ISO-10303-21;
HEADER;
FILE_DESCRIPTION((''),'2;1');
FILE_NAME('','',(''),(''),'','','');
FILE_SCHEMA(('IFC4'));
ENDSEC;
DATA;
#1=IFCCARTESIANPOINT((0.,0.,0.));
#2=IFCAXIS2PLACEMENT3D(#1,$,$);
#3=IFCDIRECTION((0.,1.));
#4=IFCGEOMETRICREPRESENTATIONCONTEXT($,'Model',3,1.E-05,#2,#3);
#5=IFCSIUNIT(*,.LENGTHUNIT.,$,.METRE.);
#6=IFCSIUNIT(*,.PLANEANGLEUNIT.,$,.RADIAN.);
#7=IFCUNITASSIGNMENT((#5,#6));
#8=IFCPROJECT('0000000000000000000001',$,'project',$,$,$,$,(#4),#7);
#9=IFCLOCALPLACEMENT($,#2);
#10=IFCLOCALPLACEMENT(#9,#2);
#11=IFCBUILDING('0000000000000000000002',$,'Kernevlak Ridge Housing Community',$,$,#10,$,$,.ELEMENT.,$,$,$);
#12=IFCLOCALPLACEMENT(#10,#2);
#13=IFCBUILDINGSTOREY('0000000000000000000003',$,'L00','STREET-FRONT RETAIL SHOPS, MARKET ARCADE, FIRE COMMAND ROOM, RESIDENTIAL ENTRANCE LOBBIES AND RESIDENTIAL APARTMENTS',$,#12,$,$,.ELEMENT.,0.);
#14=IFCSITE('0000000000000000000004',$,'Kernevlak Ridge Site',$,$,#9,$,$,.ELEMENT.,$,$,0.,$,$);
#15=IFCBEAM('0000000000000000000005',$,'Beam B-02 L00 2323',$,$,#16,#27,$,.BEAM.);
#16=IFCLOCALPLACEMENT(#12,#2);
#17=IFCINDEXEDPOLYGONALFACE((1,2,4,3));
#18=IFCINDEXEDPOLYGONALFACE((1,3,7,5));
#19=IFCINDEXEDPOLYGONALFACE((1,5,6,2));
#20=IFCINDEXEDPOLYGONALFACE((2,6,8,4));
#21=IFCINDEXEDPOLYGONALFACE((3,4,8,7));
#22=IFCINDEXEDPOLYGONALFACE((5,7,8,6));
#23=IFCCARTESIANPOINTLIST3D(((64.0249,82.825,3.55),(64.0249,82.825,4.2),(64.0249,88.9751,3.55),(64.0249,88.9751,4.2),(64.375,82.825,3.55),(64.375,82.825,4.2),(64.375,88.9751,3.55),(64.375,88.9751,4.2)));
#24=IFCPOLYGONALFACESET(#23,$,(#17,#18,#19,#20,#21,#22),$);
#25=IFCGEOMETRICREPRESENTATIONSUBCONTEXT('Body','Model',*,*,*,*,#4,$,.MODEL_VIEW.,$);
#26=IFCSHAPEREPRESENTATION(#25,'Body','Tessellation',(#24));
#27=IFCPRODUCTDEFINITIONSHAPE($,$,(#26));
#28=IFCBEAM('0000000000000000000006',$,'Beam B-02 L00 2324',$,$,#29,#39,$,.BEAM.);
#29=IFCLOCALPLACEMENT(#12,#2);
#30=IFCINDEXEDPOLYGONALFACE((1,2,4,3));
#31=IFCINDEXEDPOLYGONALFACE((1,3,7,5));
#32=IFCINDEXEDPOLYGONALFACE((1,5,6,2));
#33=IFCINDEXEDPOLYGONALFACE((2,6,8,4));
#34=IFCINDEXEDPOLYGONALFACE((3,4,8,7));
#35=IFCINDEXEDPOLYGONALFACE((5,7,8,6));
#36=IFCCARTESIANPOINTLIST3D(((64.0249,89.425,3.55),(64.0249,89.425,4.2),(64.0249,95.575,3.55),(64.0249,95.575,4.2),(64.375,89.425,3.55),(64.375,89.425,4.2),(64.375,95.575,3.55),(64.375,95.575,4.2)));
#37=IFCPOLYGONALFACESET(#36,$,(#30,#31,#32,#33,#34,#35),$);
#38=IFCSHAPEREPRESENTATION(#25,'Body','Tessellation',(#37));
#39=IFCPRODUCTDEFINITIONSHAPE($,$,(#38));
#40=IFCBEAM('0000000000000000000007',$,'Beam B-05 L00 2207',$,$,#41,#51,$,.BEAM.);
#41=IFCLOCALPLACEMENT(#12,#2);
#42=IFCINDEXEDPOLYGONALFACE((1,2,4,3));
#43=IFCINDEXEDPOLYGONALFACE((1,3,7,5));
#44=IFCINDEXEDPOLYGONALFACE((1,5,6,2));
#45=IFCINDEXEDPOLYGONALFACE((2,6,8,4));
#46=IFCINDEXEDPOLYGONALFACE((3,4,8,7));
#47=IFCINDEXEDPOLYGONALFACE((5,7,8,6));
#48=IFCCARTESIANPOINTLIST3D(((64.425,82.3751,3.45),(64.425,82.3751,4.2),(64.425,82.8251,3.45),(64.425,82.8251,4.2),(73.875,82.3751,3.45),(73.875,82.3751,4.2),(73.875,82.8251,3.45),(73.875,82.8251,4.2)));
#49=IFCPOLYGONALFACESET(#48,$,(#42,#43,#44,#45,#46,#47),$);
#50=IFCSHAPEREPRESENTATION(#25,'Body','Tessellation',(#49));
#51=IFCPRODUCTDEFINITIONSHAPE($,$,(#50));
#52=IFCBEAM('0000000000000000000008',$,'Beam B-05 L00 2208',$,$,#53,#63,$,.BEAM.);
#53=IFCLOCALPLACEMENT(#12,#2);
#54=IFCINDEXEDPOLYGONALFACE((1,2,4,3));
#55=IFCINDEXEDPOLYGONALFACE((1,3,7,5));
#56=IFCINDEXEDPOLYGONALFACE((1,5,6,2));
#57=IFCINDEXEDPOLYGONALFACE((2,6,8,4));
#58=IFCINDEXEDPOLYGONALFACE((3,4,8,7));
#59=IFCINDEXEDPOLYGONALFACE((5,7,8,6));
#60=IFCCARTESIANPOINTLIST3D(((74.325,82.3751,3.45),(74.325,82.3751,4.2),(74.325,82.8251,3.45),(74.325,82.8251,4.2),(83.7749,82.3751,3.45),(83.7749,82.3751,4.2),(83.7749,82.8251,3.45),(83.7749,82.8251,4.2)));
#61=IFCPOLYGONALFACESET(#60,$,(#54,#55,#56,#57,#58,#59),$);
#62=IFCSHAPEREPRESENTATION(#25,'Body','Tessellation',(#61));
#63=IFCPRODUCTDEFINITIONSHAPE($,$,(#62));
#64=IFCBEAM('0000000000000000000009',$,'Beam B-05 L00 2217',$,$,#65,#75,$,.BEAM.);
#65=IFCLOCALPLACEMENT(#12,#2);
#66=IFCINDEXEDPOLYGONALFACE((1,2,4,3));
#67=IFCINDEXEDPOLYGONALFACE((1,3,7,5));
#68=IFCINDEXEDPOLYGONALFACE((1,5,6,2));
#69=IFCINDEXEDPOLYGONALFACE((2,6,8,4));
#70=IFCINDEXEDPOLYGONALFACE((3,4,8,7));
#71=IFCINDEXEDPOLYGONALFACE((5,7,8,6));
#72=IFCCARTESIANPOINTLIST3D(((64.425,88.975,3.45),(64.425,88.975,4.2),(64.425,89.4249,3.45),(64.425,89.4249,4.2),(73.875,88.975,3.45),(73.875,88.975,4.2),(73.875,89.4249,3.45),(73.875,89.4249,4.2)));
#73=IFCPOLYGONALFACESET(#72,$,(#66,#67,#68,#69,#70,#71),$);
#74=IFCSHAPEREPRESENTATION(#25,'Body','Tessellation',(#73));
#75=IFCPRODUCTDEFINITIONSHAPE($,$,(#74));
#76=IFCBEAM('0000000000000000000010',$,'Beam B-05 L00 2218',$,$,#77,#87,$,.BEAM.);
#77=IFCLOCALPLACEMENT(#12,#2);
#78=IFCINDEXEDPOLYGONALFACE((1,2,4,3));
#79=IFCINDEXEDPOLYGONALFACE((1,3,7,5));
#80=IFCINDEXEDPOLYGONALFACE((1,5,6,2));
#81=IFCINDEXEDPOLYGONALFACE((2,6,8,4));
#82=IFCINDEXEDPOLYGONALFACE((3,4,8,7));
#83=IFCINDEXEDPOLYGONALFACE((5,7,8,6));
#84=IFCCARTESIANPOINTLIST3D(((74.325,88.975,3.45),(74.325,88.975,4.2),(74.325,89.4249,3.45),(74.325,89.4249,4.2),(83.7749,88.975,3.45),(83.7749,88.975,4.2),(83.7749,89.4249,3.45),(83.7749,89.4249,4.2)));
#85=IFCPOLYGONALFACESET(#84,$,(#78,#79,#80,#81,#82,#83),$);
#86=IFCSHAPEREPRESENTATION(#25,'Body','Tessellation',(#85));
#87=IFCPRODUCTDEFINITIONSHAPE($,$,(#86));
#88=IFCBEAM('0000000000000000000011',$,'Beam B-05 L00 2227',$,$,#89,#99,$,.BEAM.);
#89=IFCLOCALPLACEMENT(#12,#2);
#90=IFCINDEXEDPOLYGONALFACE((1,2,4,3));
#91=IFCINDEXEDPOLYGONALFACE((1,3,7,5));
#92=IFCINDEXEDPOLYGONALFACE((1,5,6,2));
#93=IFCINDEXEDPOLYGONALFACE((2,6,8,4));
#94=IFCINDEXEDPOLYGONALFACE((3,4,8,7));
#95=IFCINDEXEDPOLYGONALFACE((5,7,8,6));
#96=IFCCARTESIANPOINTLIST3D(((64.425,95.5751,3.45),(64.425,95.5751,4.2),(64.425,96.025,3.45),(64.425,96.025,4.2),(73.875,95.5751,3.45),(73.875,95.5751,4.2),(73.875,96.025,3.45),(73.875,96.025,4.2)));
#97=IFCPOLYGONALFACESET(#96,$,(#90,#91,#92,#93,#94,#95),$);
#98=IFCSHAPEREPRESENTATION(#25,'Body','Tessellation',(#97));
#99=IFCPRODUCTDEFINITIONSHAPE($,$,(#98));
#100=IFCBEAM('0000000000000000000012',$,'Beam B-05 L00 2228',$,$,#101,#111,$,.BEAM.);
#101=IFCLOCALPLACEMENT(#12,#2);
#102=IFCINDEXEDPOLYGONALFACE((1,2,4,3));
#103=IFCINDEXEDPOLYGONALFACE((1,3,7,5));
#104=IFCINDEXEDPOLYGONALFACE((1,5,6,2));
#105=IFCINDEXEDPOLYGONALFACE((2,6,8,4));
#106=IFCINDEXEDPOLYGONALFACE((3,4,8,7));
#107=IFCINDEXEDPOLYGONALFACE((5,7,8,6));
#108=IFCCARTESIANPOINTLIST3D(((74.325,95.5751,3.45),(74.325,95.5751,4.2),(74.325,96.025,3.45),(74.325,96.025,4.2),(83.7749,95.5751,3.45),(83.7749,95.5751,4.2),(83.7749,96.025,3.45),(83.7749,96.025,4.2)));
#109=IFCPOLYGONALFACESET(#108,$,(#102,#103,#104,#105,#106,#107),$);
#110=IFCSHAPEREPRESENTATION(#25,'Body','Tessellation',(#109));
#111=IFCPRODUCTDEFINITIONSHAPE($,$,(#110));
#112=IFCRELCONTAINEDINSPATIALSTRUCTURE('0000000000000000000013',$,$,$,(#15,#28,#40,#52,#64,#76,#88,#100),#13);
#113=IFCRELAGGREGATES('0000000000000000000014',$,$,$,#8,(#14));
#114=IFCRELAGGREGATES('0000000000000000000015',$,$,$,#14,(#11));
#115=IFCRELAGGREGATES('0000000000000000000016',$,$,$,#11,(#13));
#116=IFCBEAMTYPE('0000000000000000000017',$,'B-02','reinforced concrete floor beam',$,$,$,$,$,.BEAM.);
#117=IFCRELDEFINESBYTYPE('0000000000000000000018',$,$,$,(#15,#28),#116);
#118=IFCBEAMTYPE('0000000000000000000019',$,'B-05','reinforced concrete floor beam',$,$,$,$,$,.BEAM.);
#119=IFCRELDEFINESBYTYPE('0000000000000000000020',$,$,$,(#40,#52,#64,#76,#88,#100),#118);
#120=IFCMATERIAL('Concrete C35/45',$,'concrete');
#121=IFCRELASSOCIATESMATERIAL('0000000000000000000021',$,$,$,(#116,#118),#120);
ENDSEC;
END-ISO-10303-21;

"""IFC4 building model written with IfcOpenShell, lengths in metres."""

from ifc_helpers import new_model, si_unit, direction, frame, origin, origin_2d, place, context, subcontext, project, spatial, rectangle, extrude, material, material_profile, profile_set, type_object, element, save


model = new_model("IFC4")

# Units and contexts
model_context = context("Model", 3, precision=1e-05, world=origin(), true_north=direction((0.0, 1.0)))
body_context = subcontext(model_context, "Body", "Model", "MODEL_VIEW")
ifc_project = project(units=[si_unit("LENGTHUNIT", "METRE"), si_unit("PLANEANGLEUNIT", "RADIAN")], contexts=[model_context])

# Site, building, storey
site_placement = place(None, origin())
site = spatial("IfcSite", under=ifc_project, at=site_placement, Name="Kernevlak Ridge Site", CompositionType="ELEMENT", RefElevation=0.0)
building_placement = place(site_placement, origin())
building = spatial("IfcBuilding", under=site, at=building_placement, Name="Kernevlak Ridge Housing Community", CompositionType="ELEMENT")
storey_placement = place(building_placement, origin())
storey = spatial("IfcBuildingStorey", under=building, at=storey_placement, Name="L00", Description="STREET-FRONT RETAIL SHOPS, MARKET ARCADE, FIRE COMMAND ROOM, RESIDENTIAL ENTRANCE LOBBIES AND RESIDENTIAL APARTMENTS", CompositionType="ELEMENT", Elevation=0.0)

# Shared definitions
ifc_material = material(Name="Concrete C35/45", Category="concrete")

# Beams
ifc_material_profile_1 = material_profile(ifc_material, rectangle(XDim=0.3501, YDim=0.6499, at=origin_2d()), Name="RC 350x650")
ifc_profile_set_1 = profile_set([ifc_material_profile_1], Name="Concrete C35/45")
beam_type_1 = type_object("IfcBeamType", Name="B-02", Description="reinforced concrete floor beam", PredefinedType="BEAM", material=ifc_profile_set_1)
beam_1_placement = place(storey_placement, frame((64.2, 82.825, 3.875), z_axis=(0.0, 1.0, 0.0), x_axis=(-1.0, 0.0, 0.0)))
element("IfcBeam", 1, at=beam_1_placement, inside=storey, type_object=beam_type_1, Name="Beam B-02 L00 2323", PredefinedType="BEAM", context=body_context, shape_type="SweptSolid", body=[
    extrude(rectangle(XDim=0.3501, YDim=0.6499, at=origin_2d()), origin(), (0.0, 0.0, 1.0), 6.1501),
])
beam_2_placement = place(storey_placement, frame((64.2, 89.425, 3.875), z_axis=(0.0, 1.0, 0.0), x_axis=(-1.0, 0.0, 0.0)))
element("IfcBeam", 2, at=beam_2_placement, inside=storey, type_object=beam_type_1, Name="Beam B-02 L00 2324", PredefinedType="BEAM", context=body_context, shape_type="SweptSolid", body=[
    extrude(rectangle(XDim=0.3501, YDim=0.6499, at=origin_2d()), origin(), (0.0, 0.0, 1.0), 6.1499),
])
ifc_material_profile_2 = material_profile(ifc_material, rectangle(XDim=0.45, YDim=0.75, at=origin_2d()), Name="RC 450x750")
ifc_profile_set_2 = profile_set([ifc_material_profile_2], Name="Concrete C35/45")
beam_type_2 = type_object("IfcBeamType", Name="B-05", Description="reinforced concrete floor beam", PredefinedType="BEAM", material=ifc_profile_set_2)
for number, where, z_axis, x_axis, name in (
    (3, (64.425, 82.6001, 3.825), (1.0, 0.0, 0.0), (0.0, 1.0, 0.0), "Beam B-05 L00 2207"),
    (4, (74.325, 82.6001, 3.825), (1.0, 0.0, 0.0), (0.0, 1.0, 0.0), "Beam B-05 L00 2208"),
    (5, (64.425, 89.2, 3.825), (1.0, 0.0, 0.0), (0.0, 1.0, 0.0), "Beam B-05 L00 2217"),
    (6, (74.325, 89.2, 3.825), (1.0, 0.0, 0.0), (0.0, 1.0, 0.0), "Beam B-05 L00 2218"),
    (7, (64.425, 95.8, 3.825), (1.0, 0.0, 0.0), (0.0, 1.0, 0.0), "Beam B-05 L00 2227"),
    (8, (74.325, 95.8, 3.825), (1.0, 0.0, 0.0), (0.0, 1.0, 0.0), "Beam B-05 L00 2228"),
):
    element("IfcBeam", number, at=place(storey_placement, frame(where, z_axis=z_axis, x_axis=x_axis)), inside=storey, type_object=beam_type_2, Name=name, PredefinedType="BEAM", context=body_context, shape_type="SweptSolid", body=[
        extrude(rectangle(XDim=0.45, YDim=0.75, at=origin_2d()), origin(), (0.0, 0.0, 1.0), 9.45),
    ])

save(model, "model.ifc")
